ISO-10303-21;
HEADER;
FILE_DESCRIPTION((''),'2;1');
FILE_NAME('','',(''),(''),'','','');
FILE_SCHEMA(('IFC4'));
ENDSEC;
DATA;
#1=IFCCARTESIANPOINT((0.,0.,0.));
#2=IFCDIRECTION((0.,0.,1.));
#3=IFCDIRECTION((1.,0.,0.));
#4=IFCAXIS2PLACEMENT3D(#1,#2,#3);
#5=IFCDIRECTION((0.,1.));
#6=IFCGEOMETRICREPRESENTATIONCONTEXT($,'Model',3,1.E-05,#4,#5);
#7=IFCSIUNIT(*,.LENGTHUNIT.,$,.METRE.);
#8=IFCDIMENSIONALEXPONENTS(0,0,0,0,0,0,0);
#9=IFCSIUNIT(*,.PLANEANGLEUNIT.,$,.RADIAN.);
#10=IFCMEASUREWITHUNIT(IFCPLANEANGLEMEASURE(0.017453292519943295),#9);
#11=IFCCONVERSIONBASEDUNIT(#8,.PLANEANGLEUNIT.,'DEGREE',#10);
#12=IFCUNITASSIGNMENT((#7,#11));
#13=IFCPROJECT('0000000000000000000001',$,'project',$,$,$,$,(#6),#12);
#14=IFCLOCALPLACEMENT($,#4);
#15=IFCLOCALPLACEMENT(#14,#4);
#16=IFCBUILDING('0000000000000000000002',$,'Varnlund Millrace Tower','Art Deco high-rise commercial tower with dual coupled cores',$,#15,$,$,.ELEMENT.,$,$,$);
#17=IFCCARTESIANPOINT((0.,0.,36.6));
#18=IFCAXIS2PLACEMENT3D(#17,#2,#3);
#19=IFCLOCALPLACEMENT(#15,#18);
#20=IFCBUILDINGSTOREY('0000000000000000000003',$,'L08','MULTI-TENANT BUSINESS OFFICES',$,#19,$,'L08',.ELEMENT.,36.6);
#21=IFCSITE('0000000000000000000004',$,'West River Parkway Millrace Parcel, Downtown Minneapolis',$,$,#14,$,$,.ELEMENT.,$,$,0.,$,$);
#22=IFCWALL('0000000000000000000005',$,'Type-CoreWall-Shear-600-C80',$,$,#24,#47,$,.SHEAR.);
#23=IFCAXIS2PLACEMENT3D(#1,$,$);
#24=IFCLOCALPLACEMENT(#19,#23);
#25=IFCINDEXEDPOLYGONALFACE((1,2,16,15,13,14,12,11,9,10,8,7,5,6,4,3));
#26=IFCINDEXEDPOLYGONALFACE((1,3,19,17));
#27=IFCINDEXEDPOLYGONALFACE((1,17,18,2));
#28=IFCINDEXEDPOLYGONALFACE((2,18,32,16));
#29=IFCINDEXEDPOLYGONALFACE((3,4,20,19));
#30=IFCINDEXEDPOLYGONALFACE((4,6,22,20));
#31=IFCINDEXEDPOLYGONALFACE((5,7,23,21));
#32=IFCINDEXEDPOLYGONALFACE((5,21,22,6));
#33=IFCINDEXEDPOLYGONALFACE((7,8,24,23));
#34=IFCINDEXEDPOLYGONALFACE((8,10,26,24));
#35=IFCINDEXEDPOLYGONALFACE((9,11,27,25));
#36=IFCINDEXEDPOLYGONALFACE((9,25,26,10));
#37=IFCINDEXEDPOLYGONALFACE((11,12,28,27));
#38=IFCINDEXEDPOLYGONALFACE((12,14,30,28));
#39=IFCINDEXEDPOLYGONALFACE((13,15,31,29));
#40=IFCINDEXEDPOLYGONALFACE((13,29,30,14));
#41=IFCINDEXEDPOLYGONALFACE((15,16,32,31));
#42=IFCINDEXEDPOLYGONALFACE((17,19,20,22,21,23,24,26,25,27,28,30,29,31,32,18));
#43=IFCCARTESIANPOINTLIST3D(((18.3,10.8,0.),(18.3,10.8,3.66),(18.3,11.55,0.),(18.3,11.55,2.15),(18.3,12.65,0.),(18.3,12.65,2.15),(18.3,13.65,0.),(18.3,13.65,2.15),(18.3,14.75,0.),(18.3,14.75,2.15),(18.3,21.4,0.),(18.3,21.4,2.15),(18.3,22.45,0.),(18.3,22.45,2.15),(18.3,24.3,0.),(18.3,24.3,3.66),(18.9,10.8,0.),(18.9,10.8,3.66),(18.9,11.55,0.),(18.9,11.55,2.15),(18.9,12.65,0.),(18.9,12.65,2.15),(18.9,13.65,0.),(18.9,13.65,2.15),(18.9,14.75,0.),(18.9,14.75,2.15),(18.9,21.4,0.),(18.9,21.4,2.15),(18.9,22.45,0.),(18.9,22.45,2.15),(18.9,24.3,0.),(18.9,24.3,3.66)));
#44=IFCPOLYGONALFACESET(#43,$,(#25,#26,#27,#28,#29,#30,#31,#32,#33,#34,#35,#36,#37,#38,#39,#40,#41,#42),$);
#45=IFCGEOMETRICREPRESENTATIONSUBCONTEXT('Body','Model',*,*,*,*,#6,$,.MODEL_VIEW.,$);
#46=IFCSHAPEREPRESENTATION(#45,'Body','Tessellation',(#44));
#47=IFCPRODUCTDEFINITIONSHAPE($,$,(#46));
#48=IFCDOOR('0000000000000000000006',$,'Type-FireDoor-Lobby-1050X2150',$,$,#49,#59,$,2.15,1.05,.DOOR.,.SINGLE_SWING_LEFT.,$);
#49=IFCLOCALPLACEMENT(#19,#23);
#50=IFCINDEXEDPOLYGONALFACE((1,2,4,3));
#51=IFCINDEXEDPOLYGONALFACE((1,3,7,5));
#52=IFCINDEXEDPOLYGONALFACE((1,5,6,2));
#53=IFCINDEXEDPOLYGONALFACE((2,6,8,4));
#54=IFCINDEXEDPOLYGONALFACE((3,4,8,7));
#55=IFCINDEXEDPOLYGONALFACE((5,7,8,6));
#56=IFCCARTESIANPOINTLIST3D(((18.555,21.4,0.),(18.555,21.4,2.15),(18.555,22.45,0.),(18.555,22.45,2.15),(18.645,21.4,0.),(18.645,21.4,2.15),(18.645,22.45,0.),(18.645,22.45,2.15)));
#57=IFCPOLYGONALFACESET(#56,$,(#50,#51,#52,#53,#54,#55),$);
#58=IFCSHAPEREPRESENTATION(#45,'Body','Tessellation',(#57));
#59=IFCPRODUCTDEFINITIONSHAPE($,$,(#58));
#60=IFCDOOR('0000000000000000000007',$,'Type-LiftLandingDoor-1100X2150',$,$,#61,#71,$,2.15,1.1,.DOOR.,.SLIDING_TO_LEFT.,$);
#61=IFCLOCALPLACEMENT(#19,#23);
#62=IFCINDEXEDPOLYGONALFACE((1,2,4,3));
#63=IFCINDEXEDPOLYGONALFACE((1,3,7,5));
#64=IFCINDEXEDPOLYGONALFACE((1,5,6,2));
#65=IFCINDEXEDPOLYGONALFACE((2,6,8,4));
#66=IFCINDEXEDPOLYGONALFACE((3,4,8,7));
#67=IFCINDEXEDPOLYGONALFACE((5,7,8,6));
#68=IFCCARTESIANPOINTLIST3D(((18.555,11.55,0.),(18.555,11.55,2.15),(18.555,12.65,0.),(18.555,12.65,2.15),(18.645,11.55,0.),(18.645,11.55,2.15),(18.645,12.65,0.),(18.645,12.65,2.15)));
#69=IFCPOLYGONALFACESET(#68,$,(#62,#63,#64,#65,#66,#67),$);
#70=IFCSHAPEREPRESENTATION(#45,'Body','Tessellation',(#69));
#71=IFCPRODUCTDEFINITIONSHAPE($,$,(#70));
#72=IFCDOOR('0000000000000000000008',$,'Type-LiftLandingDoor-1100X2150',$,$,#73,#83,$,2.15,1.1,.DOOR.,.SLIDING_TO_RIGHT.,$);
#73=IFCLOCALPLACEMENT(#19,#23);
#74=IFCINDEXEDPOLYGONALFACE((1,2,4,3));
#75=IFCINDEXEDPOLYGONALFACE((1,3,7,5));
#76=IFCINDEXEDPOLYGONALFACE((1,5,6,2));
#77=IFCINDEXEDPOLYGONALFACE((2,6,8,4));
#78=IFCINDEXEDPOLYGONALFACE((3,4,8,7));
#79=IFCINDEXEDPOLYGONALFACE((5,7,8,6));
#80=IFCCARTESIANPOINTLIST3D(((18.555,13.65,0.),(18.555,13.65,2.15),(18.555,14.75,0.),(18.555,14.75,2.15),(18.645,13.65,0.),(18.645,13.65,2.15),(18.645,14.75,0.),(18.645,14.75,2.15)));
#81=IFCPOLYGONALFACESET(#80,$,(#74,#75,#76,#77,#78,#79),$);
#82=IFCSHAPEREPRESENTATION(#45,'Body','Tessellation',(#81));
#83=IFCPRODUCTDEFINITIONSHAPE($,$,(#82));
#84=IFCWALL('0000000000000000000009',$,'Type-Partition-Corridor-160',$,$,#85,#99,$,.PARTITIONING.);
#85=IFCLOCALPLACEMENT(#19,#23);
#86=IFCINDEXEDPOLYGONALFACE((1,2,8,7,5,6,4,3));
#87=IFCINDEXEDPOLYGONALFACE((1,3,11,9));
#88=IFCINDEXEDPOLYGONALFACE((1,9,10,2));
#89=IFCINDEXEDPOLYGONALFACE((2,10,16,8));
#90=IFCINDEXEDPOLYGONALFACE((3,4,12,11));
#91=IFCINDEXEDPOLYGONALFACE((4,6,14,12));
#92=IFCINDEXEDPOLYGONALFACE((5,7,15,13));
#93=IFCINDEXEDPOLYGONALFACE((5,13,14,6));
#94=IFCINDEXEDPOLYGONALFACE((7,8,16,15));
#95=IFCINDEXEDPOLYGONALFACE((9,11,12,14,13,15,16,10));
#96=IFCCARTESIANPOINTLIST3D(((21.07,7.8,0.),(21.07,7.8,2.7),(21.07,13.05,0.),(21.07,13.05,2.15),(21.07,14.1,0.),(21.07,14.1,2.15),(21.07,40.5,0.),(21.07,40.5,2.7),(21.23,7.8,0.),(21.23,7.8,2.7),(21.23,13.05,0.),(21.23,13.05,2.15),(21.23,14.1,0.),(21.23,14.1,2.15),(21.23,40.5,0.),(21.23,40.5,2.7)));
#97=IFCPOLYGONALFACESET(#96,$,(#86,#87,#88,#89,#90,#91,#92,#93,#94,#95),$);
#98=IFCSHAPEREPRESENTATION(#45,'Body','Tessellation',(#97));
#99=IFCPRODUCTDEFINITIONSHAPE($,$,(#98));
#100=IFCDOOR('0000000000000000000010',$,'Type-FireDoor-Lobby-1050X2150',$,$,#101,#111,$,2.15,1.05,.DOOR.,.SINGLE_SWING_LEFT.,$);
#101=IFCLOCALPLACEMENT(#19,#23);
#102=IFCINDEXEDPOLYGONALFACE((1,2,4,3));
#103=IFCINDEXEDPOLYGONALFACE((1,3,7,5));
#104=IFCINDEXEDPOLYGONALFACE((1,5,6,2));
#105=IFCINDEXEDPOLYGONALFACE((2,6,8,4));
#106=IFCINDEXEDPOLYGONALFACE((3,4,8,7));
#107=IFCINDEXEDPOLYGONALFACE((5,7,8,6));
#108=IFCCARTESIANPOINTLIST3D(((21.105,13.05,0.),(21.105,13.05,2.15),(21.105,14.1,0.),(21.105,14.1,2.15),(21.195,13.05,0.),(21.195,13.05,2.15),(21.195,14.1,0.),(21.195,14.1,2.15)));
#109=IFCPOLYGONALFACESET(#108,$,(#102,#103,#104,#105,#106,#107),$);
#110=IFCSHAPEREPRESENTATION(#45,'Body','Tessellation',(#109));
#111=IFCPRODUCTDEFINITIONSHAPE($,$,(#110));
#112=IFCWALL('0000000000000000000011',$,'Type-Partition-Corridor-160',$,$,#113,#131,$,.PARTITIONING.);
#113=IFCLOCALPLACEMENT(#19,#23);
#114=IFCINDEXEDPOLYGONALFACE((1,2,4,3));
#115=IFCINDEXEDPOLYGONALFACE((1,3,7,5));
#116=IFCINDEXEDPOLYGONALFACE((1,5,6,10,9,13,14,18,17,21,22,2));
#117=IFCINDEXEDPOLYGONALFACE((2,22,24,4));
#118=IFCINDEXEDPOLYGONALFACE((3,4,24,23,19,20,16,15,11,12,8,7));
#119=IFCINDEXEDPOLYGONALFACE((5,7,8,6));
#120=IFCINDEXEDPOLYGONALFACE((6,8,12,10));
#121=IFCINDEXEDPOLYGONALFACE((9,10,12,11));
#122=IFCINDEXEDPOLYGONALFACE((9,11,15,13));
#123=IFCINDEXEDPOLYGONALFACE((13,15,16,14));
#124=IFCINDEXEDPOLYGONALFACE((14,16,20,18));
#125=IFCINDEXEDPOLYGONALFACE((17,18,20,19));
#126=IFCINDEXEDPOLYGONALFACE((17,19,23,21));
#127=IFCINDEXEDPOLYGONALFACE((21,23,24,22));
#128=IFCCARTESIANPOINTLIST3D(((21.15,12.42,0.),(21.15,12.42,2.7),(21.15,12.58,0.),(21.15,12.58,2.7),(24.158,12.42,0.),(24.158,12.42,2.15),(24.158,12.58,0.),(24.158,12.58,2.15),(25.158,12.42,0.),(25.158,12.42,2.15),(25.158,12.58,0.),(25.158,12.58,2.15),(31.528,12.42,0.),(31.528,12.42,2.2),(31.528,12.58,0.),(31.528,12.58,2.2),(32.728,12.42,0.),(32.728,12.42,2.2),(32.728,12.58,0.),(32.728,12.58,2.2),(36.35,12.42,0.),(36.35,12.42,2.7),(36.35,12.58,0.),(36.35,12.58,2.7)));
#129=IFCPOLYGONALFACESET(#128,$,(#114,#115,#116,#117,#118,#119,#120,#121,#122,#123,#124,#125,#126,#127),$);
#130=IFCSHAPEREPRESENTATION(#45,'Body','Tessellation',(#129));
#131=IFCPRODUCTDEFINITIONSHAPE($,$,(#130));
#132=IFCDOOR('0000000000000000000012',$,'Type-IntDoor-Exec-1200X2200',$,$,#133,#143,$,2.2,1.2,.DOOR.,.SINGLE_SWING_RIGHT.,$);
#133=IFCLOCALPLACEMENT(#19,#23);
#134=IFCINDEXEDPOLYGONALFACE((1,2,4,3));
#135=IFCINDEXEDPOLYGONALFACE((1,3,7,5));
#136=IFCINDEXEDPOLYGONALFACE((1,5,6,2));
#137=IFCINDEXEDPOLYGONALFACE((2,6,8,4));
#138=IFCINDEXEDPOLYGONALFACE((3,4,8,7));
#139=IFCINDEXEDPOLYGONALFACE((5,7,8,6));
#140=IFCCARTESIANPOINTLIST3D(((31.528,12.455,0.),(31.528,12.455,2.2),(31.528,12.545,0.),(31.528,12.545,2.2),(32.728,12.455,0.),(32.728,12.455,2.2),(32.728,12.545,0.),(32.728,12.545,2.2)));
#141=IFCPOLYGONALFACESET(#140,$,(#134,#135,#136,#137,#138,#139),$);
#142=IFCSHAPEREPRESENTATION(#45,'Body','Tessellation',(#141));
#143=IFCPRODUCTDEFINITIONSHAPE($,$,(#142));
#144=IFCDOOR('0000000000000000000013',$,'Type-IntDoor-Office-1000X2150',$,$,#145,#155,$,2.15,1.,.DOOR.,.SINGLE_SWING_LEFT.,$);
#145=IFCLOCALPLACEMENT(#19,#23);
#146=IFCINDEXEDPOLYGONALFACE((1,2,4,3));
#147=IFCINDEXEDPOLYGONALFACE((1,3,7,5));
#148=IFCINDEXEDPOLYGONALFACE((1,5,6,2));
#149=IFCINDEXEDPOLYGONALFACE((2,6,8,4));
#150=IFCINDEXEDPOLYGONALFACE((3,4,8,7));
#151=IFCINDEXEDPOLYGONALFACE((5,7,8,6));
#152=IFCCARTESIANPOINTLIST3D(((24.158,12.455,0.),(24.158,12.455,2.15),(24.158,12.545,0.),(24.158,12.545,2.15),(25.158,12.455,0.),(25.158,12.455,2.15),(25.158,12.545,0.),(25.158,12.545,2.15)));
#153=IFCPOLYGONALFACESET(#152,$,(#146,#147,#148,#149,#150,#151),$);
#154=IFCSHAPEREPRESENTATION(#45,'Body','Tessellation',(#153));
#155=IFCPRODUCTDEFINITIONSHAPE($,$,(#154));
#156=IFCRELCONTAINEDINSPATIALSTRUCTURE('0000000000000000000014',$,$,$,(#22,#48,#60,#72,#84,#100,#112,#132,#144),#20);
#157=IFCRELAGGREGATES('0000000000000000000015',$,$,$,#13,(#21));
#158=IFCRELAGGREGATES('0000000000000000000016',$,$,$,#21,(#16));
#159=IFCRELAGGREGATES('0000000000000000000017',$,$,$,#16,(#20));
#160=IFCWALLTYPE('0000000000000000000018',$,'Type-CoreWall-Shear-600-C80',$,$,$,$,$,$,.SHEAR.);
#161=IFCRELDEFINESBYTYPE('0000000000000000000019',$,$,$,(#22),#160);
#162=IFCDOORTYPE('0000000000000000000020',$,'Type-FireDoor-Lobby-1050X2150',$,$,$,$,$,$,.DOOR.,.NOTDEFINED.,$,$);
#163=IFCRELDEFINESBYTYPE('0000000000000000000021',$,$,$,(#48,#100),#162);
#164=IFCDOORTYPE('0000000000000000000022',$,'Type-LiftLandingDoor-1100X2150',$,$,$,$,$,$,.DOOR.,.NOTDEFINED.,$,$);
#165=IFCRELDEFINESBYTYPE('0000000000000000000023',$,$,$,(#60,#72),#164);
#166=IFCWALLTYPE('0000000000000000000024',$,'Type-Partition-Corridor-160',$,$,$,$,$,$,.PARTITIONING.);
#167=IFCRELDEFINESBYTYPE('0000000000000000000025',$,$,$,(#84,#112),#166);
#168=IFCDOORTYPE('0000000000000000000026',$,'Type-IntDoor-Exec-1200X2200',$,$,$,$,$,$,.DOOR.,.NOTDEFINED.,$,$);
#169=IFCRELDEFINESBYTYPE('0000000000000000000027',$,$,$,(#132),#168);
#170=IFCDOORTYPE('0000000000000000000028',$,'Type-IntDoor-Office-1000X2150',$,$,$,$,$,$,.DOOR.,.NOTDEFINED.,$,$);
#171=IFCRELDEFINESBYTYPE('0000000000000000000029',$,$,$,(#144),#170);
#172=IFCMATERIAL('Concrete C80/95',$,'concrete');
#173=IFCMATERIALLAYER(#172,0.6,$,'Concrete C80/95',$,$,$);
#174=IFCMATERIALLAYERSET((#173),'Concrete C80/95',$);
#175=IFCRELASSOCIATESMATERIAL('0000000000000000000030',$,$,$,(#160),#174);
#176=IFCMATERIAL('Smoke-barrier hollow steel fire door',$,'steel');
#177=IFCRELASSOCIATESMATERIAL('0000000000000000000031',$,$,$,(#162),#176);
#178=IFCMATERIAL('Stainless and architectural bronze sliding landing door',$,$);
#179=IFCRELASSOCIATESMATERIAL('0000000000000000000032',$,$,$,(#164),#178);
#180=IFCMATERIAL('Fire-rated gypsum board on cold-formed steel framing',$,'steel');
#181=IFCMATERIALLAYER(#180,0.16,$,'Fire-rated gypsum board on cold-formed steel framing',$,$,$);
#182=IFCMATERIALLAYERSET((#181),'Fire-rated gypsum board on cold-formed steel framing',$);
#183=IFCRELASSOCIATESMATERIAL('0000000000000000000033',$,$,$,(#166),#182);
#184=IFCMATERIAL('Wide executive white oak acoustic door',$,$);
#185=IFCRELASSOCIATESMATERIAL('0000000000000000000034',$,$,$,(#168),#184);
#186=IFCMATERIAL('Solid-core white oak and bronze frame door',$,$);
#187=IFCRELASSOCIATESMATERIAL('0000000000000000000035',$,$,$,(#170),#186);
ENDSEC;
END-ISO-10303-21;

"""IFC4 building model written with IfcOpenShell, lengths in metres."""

from ifc_helpers import new_model, entity, si_unit, converted_unit, direction, frame, origin_with_axes, origin_2d_with_axis, place, context, subcontext, project, spatial, polyline, rectangle, outline, extrude, material, layer, layer_set, type_object, element, fill, save


model = new_model("IFC4")

# Units and contexts
model_context = context("Model", 3, precision=1e-05, world=origin_with_axes(), true_north=direction((0.0, 1.0)))
body_context = subcontext(model_context, "Body", "Model", "MODEL_VIEW")
ifc_project = project(units=[si_unit("LENGTHUNIT", "METRE"), converted_unit("PLANEANGLEUNIT", "DEGREE", entity("IfcPlaneAngleMeasure", 0.017453292519943295), si_unit("PLANEANGLEUNIT", "RADIAN"), dimensions=[0, 0, 0, 0, 0, 0, 0])], contexts=[model_context])

# Site, building, storey
site_placement = place(None, origin_with_axes())
site = spatial("IfcSite", under=ifc_project, at=site_placement, Name="West River Parkway Millrace Parcel, Downtown Minneapolis", CompositionType="ELEMENT", RefElevation=0.0)
building_placement = place(site_placement, origin_with_axes())
building = spatial("IfcBuilding", under=site, at=building_placement, Name="Varnlund Millrace Tower", Description="Art Deco high-rise commercial tower with dual coupled cores", CompositionType="ELEMENT")
storey_placement = place(building_placement, frame((0.0, 0.0, 36.6), z_axis=(0.0, 0.0, 1.0), x_axis=(1.0, 0.0, 0.0)))
storey = spatial("IfcBuildingStorey", under=building, at=storey_placement, Name="L08", Description="MULTI-TENANT BUSINESS OFFICES", LongName="L08", CompositionType="ELEMENT", Elevation=36.6)

# Shared definitions
ifc_material_1 = material(Name="Concrete C80/95", Category="concrete")

# Wall, openings, doors
ifc_layer_1 = layer(ifc_material_1, 0.6, Name="Concrete C80/95")
ifc_layer_set_1 = layer_set([ifc_layer_1], Name="Concrete C80/95")
wall_type_1 = type_object("IfcWallType", Name="Type-CoreWall-Shear-600-C80", PredefinedType="SHEAR", material=ifc_layer_set_1)
wall_1_placement = place(storey_placement, frame((18.6, 10.8, 0.0), z_axis=(0.0, 0.0, 1.0), x_axis=(0.0, 1.0, 0.0)))
wall_1 = element("IfcWall", 1, at=wall_1_placement, inside=storey, type_object=wall_type_1, Name="Type-CoreWall-Shear-600-C80", PredefinedType="SHEAR", context=body_context, shape_type="SweptSolid", body=[
    extrude(outline(polyline([(0.0, -0.3), (13.5, -0.3), (13.5, 0.3), (0.0, 0.3), (0.0, -0.3)])), origin_with_axes(), (0.0, 0.0, 1.0), 3.66),
])
opening_1_placement = place(wall_1_placement, frame((1.3, 0.0, 0.0), z_axis=(0.0, 0.0, 1.0), x_axis=(1.0, 0.0, 0.0)))
opening_1 = element("IfcOpeningElement", 2, at=opening_1_placement, cuts=wall_1, PredefinedType="OPENING", context=body_context, shape_type="SweptSolid", body=[
    extrude(rectangle(XDim=1.1, YDim=0.62, at=origin_2d_with_axis()), origin_with_axes(), (0.0, 0.0, 1.0), 2.15),
])
opening_2_placement = place(wall_1_placement, frame((3.4, 0.0, 0.0), z_axis=(0.0, 0.0, 1.0), x_axis=(1.0, 0.0, 0.0)))
opening_2 = element("IfcOpeningElement", 3, at=opening_2_placement, cuts=wall_1, PredefinedType="OPENING", context=body_context, shape_type="SweptSolid", body=[
    extrude(rectangle(XDim=1.1, YDim=0.62, at=origin_2d_with_axis()), origin_with_axes(), (0.0, 0.0, 1.0), 2.15),
])
opening_3_placement = place(wall_1_placement, frame((11.125, 0.0, 0.0), z_axis=(0.0, 0.0, 1.0), x_axis=(1.0, 0.0, 0.0)))
opening_3 = element("IfcOpeningElement", 4, at=opening_3_placement, cuts=wall_1, PredefinedType="OPENING", context=body_context, shape_type="SweptSolid", body=[
    extrude(rectangle(XDim=1.05, YDim=0.62, at=origin_2d_with_axis()), origin_with_axes(), (0.0, 0.0, 1.0), 2.15),
])
ifc_material_2 = material(Name="Smoke-barrier hollow steel fire door", Category="steel")
door_type_1 = type_object("IfcDoorType", Name="Type-FireDoor-Lobby-1050X2150", OperationType="NOTDEFINED", PredefinedType="DOOR", material=ifc_material_2)
door_1_placement = place(wall_1_placement, frame((11.125, 0.0, 0.0), z_axis=(0.0, 0.0, 1.0), x_axis=(1.0, 0.0, 0.0)))
door_1 = element("IfcDoor", 5, at=door_1_placement, inside=storey, type_object=door_type_1, Name="Type-FireDoor-Lobby-1050X2150", OperationType="SINGLE_SWING_LEFT", OverallHeight=2.15, OverallWidth=1.05, PredefinedType="DOOR", context=body_context, shape_type="SweptSolid", body=[
    extrude(rectangle(XDim=1.05, YDim=0.09, at=origin_2d_with_axis()), origin_with_axes(), (0.0, 0.0, 1.0), 2.15),
])
fill(opening_3, door_1)
ifc_material_3 = material(Name="Stainless and architectural bronze sliding landing door")
door_type_2 = type_object("IfcDoorType", Name="Type-LiftLandingDoor-1100X2150", OperationType="NOTDEFINED", PredefinedType="DOOR", material=ifc_material_3)
door_2_placement = place(wall_1_placement, frame((1.3, 0.0, 0.0), z_axis=(0.0, 0.0, 1.0), x_axis=(1.0, 0.0, 0.0)))
door_2 = element("IfcDoor", 6, at=door_2_placement, inside=storey, type_object=door_type_2, Name="Type-LiftLandingDoor-1100X2150", OperationType="SLIDING_TO_LEFT", OverallHeight=2.15, OverallWidth=1.1, PredefinedType="DOOR", context=body_context, shape_type="SweptSolid", body=[
    extrude(rectangle(XDim=1.1, YDim=0.09, at=origin_2d_with_axis()), origin_with_axes(), (0.0, 0.0, 1.0), 2.15),
])
fill(opening_1, door_2)
door_3_placement = place(wall_1_placement, frame((3.4, 0.0, 0.0), z_axis=(0.0, 0.0, 1.0), x_axis=(1.0, 0.0, 0.0)))
door_3 = element("IfcDoor", 7, at=door_3_placement, inside=storey, type_object=door_type_2, Name="Type-LiftLandingDoor-1100X2150", OperationType="SLIDING_TO_RIGHT", OverallHeight=2.15, OverallWidth=1.1, PredefinedType="DOOR", context=body_context, shape_type="SweptSolid", body=[
    extrude(rectangle(XDim=1.1, YDim=0.09, at=origin_2d_with_axis()), origin_with_axes(), (0.0, 0.0, 1.0), 2.15),
])
fill(opening_2, door_3)

# Wall, opening, door
ifc_material_4 = material(Name="Fire-rated gypsum board on cold-formed steel framing", Category="steel")
ifc_layer_2 = layer(ifc_material_4, 0.16, Name="Fire-rated gypsum board on cold-formed steel framing")
ifc_layer_set_2 = layer_set([ifc_layer_2], Name="Fire-rated gypsum board on cold-formed steel framing")
wall_type_2 = type_object("IfcWallType", Name="Type-Partition-Corridor-160", PredefinedType="PARTITIONING", material=ifc_layer_set_2)
wall_2_placement = place(storey_placement, frame((21.15, 7.8, 0.0), z_axis=(0.0, 0.0, 1.0), x_axis=(0.0, 1.0, 0.0)))
wall_2 = element("IfcWall", 8, at=wall_2_placement, inside=storey, type_object=wall_type_2, Name="Type-Partition-Corridor-160", PredefinedType="PARTITIONING", context=body_context, shape_type="SweptSolid", body=[
    extrude(outline(polyline([(0.0, -0.08), (32.7, -0.08), (32.7, 0.08), (0.0, 0.08), (0.0, -0.08)])), origin_with_axes(), (0.0, 0.0, 1.0), 2.7),
])
opening_4_placement = place(wall_2_placement, frame((5.775, 0.0, 0.0), z_axis=(0.0, 0.0, 1.0), x_axis=(1.0, 0.0, 0.0)))
opening_4 = element("IfcOpeningElement", 9, at=opening_4_placement, cuts=wall_2, PredefinedType="OPENING", context=body_context, shape_type="SweptSolid", body=[
    extrude(rectangle(XDim=1.05, YDim=0.18, at=origin_2d_with_axis()), origin_with_axes(), (0.0, 0.0, 1.0), 2.15),
])
door_4_placement = place(wall_2_placement, frame((5.775, 0.0, 0.0), z_axis=(0.0, 0.0, 1.0), x_axis=(1.0, 0.0, 0.0)))
door_4 = element("IfcDoor", 10, at=door_4_placement, inside=storey, type_object=door_type_1, Name="Type-FireDoor-Lobby-1050X2150", OperationType="SINGLE_SWING_LEFT", OverallHeight=2.15, OverallWidth=1.05, PredefinedType="DOOR", context=body_context, shape_type="SweptSolid", body=[
    extrude(rectangle(XDim=1.05, YDim=0.09, at=origin_2d_with_axis()), origin_with_axes(), (0.0, 0.0, 1.0), 2.15),
])
fill(opening_4, door_4)

# Wall, openings, doors
wall_3_placement = place(storey_placement, frame((21.15, 12.5, 0.0), z_axis=(0.0, 0.0, 1.0), x_axis=(1.0, 0.0, 0.0)))
wall_3 = element("IfcWall", 11, at=wall_3_placement, inside=storey, type_object=wall_type_2, Name="Type-Partition-Corridor-160", PredefinedType="PARTITIONING", context=body_context, shape_type="SweptSolid", body=[
    extrude(outline(polyline([(0.0, -0.08), (15.2, -0.08), (15.2, 0.08), (0.0, 0.08), (0.0, -0.08)])), origin_with_axes(), (0.0, 0.0, 1.0), 2.7),
])
opening_5_placement = place(wall_3_placement, frame((3.508, 0.0, 0.0), z_axis=(0.0, 0.0, 1.0), x_axis=(1.0, 0.0, 0.0)))
opening_5 = element("IfcOpeningElement", 12, at=opening_5_placement, cuts=wall_3, PredefinedType="OPENING", context=body_context, shape_type="SweptSolid", body=[
    extrude(rectangle(XDim=1.0, YDim=0.18, at=origin_2d_with_axis()), origin_with_axes(), (0.0, 0.0, 1.0), 2.15),
])
opening_6_placement = place(wall_3_placement, frame((10.978, 0.0, 0.0), z_axis=(0.0, 0.0, 1.0), x_axis=(1.0, 0.0, 0.0)))
opening_6 = element("IfcOpeningElement", 13, at=opening_6_placement, cuts=wall_3, PredefinedType="OPENING", context=body_context, shape_type="SweptSolid", body=[
    extrude(rectangle(XDim=1.2, YDim=0.18, at=origin_2d_with_axis()), origin_with_axes(), (0.0, 0.0, 1.0), 2.2),
])
ifc_material_5 = material(Name="Wide executive white oak acoustic door")
door_type_3 = type_object("IfcDoorType", Name="Type-IntDoor-Exec-1200X2200", OperationType="NOTDEFINED", PredefinedType="DOOR", material=ifc_material_5)
door_5_placement = place(wall_3_placement, frame((10.978, 0.0, 0.0), z_axis=(0.0, 0.0, 1.0), x_axis=(1.0, 0.0, 0.0)))
door_5 = element("IfcDoor", 14, at=door_5_placement, inside=storey, type_object=door_type_3, Name="Type-IntDoor-Exec-1200X2200", OperationType="SINGLE_SWING_RIGHT", OverallHeight=2.2, OverallWidth=1.2, PredefinedType="DOOR", context=body_context, shape_type="SweptSolid", body=[
    extrude(rectangle(XDim=1.2, YDim=0.09, at=origin_2d_with_axis()), origin_with_axes(), (0.0, 0.0, 1.0), 2.2),
])
fill(opening_6, door_5)
ifc_material_6 = material(Name="Solid-core white oak and bronze frame door")
door_type_4 = type_object("IfcDoorType", Name="Type-IntDoor-Office-1000X2150", OperationType="NOTDEFINED", PredefinedType="DOOR", material=ifc_material_6)
door_6_placement = place(wall_3_placement, frame((3.508, 0.0, 0.0), z_axis=(0.0, 0.0, 1.0), x_axis=(1.0, 0.0, 0.0)))
door_6 = element("IfcDoor", 15, at=door_6_placement, inside=storey, type_object=door_type_4, Name="Type-IntDoor-Office-1000X2150", OperationType="SINGLE_SWING_LEFT", OverallHeight=2.15, OverallWidth=1.0, PredefinedType="DOOR", context=body_context, shape_type="SweptSolid", body=[
    extrude(rectangle(XDim=1.0, YDim=0.09, at=origin_2d_with_axis()), origin_with_axes(), (0.0, 0.0, 1.0), 2.15),
])
fill(opening_5, door_6)

save(model, "model.ifc")
